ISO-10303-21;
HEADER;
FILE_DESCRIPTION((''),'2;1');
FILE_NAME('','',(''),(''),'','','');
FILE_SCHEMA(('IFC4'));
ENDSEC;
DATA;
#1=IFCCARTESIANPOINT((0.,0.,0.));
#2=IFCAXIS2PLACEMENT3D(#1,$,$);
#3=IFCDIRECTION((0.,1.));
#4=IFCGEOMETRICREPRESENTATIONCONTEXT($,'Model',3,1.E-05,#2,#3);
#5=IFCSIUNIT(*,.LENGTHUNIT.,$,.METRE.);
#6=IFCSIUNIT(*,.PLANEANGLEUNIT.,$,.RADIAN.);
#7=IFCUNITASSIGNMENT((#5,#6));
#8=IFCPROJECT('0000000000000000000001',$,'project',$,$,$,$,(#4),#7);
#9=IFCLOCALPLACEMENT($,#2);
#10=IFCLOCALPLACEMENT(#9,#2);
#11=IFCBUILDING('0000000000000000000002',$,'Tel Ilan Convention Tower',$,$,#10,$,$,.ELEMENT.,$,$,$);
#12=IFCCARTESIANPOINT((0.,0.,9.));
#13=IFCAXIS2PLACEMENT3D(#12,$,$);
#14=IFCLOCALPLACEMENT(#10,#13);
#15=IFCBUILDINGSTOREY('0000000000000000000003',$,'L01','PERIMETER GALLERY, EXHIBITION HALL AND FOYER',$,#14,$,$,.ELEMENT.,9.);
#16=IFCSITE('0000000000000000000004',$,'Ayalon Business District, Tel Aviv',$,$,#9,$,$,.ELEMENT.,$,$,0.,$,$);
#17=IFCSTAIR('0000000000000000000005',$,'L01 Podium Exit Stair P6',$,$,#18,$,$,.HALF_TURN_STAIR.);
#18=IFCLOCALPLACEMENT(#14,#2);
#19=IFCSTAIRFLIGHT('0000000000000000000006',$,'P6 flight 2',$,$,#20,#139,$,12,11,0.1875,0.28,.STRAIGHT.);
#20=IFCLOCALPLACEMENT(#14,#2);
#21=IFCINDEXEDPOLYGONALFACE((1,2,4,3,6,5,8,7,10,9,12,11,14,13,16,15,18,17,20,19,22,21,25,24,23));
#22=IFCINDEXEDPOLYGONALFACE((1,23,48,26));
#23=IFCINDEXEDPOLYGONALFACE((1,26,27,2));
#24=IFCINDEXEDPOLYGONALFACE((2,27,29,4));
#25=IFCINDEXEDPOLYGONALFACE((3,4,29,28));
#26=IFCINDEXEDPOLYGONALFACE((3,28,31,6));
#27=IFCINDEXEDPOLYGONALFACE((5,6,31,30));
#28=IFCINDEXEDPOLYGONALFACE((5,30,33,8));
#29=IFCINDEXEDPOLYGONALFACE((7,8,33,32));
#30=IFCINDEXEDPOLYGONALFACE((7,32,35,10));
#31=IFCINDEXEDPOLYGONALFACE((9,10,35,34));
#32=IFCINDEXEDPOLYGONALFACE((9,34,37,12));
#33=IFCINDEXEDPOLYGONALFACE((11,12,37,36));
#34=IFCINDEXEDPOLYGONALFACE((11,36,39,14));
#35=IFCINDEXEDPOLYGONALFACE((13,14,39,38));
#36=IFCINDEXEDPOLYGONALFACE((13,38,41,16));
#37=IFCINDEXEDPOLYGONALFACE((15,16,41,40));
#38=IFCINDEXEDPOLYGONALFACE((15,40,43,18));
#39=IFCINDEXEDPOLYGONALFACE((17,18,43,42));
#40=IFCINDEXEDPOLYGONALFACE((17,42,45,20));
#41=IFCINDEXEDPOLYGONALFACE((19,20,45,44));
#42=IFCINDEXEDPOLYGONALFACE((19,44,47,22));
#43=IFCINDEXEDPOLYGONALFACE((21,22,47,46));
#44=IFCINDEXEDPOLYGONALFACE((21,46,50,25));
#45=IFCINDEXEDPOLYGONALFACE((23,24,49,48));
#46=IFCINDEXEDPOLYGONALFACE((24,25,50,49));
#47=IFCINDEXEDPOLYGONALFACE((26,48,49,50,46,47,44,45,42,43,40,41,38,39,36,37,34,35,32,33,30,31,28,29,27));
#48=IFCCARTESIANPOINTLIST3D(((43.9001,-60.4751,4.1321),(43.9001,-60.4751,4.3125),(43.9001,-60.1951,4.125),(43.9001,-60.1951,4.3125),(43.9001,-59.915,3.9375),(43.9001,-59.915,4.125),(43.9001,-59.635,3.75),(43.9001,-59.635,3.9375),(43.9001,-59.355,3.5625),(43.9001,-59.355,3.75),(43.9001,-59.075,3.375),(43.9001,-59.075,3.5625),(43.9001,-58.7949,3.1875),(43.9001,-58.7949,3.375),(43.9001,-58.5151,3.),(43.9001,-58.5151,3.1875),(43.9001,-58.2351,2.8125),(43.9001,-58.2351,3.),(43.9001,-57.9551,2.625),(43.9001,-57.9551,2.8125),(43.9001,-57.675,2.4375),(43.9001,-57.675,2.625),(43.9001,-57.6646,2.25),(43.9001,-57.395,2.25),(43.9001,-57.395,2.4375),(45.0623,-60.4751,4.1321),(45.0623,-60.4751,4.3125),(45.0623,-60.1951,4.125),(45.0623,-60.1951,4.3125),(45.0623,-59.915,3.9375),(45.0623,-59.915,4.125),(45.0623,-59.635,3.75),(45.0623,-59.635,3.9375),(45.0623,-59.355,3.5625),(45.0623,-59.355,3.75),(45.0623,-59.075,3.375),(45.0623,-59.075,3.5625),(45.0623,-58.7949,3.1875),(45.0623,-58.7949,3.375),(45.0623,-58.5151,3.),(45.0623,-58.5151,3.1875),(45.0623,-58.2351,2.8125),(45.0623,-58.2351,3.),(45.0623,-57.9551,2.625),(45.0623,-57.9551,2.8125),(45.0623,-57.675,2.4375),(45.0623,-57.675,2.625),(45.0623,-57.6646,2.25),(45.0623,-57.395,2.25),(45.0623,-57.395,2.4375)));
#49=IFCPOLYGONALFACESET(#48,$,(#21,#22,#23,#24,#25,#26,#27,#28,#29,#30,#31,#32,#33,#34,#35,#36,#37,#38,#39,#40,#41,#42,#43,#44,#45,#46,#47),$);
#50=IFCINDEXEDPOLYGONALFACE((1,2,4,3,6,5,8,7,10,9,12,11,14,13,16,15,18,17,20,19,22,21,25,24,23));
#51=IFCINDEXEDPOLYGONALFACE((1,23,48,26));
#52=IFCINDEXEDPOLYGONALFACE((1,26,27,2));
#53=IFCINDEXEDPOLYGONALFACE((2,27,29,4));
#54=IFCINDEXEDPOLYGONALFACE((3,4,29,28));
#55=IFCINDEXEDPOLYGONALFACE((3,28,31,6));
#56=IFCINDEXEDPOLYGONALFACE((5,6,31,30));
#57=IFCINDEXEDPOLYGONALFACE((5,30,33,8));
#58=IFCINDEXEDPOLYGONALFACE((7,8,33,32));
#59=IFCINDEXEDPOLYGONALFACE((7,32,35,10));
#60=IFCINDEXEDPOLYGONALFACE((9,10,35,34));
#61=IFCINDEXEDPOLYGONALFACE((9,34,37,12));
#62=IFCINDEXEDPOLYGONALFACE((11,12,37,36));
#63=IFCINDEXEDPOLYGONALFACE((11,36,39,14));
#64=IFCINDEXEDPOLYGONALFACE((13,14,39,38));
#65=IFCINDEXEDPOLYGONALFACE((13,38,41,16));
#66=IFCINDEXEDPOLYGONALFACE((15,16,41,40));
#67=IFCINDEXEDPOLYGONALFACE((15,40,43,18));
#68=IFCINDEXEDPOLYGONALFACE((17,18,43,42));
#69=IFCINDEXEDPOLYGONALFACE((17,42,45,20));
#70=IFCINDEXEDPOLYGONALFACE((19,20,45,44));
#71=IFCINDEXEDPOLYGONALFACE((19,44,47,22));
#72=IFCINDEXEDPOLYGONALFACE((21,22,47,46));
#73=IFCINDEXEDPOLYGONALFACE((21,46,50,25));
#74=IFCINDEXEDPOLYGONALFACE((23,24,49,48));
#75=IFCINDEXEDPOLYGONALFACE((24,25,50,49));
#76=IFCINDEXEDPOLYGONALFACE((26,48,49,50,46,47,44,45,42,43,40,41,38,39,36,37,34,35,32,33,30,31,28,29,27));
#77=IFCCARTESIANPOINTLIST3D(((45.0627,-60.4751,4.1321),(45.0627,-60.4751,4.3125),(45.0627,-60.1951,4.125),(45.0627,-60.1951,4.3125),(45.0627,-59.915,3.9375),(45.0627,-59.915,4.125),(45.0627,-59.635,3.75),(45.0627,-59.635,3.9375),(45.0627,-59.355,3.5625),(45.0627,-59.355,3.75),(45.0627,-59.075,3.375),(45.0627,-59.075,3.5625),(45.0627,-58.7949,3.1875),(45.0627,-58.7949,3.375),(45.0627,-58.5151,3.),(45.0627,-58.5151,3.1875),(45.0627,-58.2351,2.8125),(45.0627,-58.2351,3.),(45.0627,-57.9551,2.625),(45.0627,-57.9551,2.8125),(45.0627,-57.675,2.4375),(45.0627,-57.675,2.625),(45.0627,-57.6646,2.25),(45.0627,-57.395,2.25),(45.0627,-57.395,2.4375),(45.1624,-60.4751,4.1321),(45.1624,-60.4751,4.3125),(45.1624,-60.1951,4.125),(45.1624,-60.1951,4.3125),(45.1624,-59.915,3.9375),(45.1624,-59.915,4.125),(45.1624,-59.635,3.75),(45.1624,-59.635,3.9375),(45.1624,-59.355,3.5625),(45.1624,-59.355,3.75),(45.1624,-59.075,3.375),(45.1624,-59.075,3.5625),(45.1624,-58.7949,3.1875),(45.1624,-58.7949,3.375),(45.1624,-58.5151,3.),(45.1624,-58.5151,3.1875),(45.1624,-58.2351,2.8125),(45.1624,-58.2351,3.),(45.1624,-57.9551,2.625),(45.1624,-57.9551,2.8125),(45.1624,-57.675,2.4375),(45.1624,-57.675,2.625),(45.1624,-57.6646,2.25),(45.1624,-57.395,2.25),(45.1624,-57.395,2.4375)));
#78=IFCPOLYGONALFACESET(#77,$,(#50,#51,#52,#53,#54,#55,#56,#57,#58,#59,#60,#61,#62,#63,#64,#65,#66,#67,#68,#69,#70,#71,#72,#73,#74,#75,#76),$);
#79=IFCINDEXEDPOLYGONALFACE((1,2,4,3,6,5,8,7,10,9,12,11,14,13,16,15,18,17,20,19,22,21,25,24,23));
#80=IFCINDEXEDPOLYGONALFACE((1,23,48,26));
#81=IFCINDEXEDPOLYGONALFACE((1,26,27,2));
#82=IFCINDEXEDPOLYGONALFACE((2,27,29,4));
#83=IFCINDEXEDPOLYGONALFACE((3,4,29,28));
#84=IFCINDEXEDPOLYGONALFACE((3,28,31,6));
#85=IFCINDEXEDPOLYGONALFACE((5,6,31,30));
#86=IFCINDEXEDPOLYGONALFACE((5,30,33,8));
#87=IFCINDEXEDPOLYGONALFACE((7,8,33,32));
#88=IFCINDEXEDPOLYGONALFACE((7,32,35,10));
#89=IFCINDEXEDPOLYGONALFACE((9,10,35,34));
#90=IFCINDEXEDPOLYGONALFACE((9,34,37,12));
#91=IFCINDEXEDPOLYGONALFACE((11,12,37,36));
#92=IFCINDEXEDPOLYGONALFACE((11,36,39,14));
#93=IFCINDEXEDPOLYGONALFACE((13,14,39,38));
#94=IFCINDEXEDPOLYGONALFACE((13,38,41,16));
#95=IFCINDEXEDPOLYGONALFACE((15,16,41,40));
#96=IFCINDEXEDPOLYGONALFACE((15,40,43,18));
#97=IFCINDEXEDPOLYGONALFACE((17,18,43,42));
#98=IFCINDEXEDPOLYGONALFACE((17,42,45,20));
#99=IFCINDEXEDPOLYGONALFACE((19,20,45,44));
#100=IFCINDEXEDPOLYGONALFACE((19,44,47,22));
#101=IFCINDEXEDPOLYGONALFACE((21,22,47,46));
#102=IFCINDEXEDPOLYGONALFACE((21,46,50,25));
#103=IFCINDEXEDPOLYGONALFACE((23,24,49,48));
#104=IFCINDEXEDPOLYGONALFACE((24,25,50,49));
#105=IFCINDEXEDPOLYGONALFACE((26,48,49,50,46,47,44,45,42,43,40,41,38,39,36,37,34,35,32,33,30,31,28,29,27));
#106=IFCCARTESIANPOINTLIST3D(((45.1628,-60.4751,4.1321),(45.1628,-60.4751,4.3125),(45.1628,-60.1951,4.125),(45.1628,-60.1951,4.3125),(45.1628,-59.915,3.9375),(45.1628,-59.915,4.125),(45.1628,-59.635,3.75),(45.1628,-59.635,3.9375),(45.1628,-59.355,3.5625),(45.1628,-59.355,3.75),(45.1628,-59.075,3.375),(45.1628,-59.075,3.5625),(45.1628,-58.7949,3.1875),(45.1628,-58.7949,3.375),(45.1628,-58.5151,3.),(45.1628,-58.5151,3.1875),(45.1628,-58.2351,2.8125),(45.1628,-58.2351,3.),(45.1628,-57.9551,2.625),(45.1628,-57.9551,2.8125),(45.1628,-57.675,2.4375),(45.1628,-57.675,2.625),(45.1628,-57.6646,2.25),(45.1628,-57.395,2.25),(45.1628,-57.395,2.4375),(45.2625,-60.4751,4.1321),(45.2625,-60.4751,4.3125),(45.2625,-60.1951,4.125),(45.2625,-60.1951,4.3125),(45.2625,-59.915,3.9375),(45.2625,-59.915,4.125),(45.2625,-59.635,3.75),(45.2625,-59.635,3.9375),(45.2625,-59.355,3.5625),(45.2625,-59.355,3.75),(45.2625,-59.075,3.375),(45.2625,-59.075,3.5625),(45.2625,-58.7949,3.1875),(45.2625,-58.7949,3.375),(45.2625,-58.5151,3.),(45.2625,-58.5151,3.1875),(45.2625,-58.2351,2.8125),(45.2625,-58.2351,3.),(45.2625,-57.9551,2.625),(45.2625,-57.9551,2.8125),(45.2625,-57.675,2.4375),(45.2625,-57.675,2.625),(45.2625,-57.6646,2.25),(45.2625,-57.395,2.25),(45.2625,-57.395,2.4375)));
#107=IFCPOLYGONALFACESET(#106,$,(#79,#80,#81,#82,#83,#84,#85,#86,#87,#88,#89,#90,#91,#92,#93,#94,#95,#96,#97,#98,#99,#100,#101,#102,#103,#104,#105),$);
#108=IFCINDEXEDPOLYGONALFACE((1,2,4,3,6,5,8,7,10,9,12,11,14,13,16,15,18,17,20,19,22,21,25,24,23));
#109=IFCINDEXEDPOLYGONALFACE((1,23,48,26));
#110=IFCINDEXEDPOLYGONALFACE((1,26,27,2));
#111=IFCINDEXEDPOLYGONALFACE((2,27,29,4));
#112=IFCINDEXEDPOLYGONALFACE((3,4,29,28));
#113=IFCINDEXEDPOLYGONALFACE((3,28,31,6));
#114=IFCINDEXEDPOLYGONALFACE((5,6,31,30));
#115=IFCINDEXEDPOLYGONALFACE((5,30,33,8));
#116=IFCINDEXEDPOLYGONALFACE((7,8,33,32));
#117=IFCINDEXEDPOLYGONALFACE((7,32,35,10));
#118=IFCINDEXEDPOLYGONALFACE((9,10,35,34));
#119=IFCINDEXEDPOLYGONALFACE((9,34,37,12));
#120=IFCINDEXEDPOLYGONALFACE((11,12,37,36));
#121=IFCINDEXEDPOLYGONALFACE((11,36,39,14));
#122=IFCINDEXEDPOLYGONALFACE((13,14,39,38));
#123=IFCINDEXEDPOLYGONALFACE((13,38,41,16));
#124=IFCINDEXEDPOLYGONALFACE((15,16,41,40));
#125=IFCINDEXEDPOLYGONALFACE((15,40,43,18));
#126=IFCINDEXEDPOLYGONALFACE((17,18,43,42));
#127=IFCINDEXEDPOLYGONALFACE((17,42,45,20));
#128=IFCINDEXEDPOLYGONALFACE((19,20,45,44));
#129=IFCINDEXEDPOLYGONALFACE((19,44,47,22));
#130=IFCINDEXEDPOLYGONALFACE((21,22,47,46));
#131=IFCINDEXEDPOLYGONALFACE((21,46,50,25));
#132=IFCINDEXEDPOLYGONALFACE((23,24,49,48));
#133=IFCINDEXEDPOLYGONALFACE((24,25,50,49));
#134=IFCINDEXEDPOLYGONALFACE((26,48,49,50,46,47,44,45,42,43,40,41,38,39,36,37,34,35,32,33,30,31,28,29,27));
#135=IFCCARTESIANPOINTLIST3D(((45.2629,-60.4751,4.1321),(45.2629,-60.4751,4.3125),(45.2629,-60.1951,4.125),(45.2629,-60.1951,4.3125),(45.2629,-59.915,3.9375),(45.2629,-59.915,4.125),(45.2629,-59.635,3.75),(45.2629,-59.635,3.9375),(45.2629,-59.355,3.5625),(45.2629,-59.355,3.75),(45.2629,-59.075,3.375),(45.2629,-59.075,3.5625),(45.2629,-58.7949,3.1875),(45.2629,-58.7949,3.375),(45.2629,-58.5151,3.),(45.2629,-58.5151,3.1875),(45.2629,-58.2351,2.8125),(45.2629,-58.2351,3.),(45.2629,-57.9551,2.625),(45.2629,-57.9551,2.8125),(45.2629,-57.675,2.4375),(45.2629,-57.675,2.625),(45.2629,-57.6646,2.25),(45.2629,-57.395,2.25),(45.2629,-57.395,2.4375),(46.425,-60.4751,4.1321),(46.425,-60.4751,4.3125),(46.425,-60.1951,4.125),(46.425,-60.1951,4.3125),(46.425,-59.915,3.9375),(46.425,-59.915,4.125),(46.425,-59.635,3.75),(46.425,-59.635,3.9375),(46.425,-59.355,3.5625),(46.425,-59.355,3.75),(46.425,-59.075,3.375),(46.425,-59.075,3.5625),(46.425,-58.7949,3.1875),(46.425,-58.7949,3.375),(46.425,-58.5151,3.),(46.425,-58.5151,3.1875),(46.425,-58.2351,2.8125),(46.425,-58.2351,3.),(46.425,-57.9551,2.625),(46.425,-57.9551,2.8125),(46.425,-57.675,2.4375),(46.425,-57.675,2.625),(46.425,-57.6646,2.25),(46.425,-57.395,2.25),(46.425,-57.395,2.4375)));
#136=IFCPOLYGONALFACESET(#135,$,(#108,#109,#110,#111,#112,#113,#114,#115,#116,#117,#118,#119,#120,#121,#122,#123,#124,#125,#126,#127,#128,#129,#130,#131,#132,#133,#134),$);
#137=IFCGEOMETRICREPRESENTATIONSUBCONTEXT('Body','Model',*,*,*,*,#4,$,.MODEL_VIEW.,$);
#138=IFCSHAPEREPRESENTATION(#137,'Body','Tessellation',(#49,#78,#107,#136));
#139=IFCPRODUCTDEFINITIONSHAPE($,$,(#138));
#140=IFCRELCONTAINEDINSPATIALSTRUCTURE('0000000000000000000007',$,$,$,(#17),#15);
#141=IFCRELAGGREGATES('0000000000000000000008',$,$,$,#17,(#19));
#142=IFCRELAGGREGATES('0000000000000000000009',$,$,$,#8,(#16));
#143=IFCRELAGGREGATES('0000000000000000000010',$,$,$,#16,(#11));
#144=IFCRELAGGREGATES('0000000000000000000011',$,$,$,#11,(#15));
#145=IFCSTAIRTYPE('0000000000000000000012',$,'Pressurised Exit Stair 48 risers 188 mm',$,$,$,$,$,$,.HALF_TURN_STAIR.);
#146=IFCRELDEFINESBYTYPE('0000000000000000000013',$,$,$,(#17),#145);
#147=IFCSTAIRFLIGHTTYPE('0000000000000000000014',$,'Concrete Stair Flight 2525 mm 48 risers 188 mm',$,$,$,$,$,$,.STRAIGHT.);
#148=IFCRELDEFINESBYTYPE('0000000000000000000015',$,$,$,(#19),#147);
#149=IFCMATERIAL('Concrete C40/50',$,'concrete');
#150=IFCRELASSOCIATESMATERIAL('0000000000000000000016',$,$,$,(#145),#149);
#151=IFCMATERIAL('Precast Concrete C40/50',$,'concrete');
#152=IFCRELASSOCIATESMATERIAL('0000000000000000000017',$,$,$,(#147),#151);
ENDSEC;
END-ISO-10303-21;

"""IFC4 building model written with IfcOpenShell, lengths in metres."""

from ifc_helpers import new_model, si_unit, direction, frame, origin, place, context, subcontext, project, spatial, polyline, outline, extrude, material, type_object, element, aggregate, save


model = new_model("IFC4")

# Units and contexts
model_context = context("Model", 3, precision=1e-05, world=origin(), true_north=direction((0.0, 1.0)))
body_context = subcontext(model_context, "Body", "Model", "MODEL_VIEW")
ifc_project = project(units=[si_unit("LENGTHUNIT", "METRE"), si_unit("PLANEANGLEUNIT", "RADIAN")], contexts=[model_context])

# Site, building, storey
site_placement = place(None, origin())
site = spatial("IfcSite", under=ifc_project, at=site_placement, Name="Ayalon Business District, Tel Aviv", CompositionType="ELEMENT", RefElevation=0.0)
building_placement = place(site_placement, origin())
building = spatial("IfcBuilding", under=site, at=building_placement, Name="Tel Ilan Convention Tower", CompositionType="ELEMENT")
storey_placement = place(building_placement, frame((0.0, 0.0, 9.0)))
storey = spatial("IfcBuildingStorey", under=building, at=storey_placement, Name="L01", Description="PERIMETER GALLERY, EXHIBITION HALL AND FOYER", CompositionType="ELEMENT", Elevation=9.0)

# Stair, stair flight
ifc_material_1 = material(Name="Concrete C40/50", Category="concrete")
stair_type = type_object("IfcStairType", Name="Pressurised Exit Stair 48 risers 188 mm", PredefinedType="HALF_TURN_STAIR", material=ifc_material_1)
stair_1_placement = place(storey_placement, origin())
stair_1 = element("IfcStair", 1, at=stair_1_placement, inside=storey, type_object=stair_type, Name="L01 Podium Exit Stair P6", PredefinedType="HALF_TURN_STAIR")
ifc_material_2 = material(Name="Precast Concrete C40/50", Category="concrete")
stair_flight_type = type_object("IfcStairFlightType", Name="Concrete Stair Flight 2525 mm 48 risers 188 mm", PredefinedType="STRAIGHT", material=ifc_material_2)
stair_flight_1_placement = place(storey_placement, frame((45.1626, -57.395, 2.25), z_axis=(0.0, 0.0, 1.0), x_axis=(0.0, -1.0, 0.0)))
stair_flight_1 = element("IfcStairFlight", 2, at=stair_flight_1_placement, type_object=stair_flight_type, Name="P6 flight 2", NumberOfRisers=12, NumberOfTreads=11, PredefinedType="STRAIGHT", RiserHeight=0.1875, TreadLength=0.28, context=body_context, shape_type="SweptSolid", body=[
    extrude(outline(polyline([(0.0, 0.0), (0.0, 0.1875), (0.28, 0.1875), (0.28, 0.375), (0.5601, 0.375), (0.5601, 0.5625), (0.8401, 0.5625), (0.8401, 0.75), (1.1201, 0.75), (1.1201, 0.9375), (1.3999, 0.9375), (1.3999, 1.125), (1.6799, 1.125), (1.6799, 1.3125), (1.96, 1.3125), (1.96, 1.5), (2.24, 1.5), (2.24, 1.6875), (2.52, 1.6875), (2.52, 1.875), (2.8, 1.875), (2.8, 2.0625), (3.0801, 2.0625), (3.0801, 2.25), (3.0801, 1.8821), (0.2695, 0.0), (0.0, 0.0)])), frame((0.0, -0.1003, 0.0), z_axis=(0.0, -1.0, 0.0), x_axis=(1.0, 0.0, 0.0)), (0.0, 0.0, 1.0), 1.1621),
    extrude(outline(polyline([(0.0, 0.0), (0.0, 0.1875), (0.28, 0.1875), (0.28, 0.375), (0.5601, 0.375), (0.5601, 0.5625), (0.8401, 0.5625), (0.8401, 0.75), (1.1201, 0.75), (1.1201, 0.9375), (1.3999, 0.9375), (1.3999, 1.125), (1.6799, 1.125), (1.6799, 1.3125), (1.96, 1.3125), (1.96, 1.5), (2.24, 1.5), (2.24, 1.6875), (2.52, 1.6875), (2.52, 1.875), (2.8, 1.875), (2.8, 2.0625), (3.0801, 2.0625), (3.0801, 2.25), (3.0801, 1.8821), (0.2695, 0.0), (0.0, 0.0)])), frame((0.0, -0.0002, 0.0), z_axis=(0.0, -1.0, 0.0), x_axis=(1.0, 0.0, 0.0)), (0.0, 0.0, 1.0), 0.0996),
    extrude(outline(polyline([(0.0, 0.0), (0.0, 0.1875), (0.28, 0.1875), (0.28, 0.375), (0.5601, 0.375), (0.5601, 0.5625), (0.8401, 0.5625), (0.8401, 0.75), (1.1201, 0.75), (1.1201, 0.9375), (1.3999, 0.9375), (1.3999, 1.125), (1.6799, 1.125), (1.6799, 1.3125), (1.96, 1.3125), (1.96, 1.5), (2.24, 1.5), (2.24, 1.6875), (2.52, 1.6875), (2.52, 1.875), (2.8, 1.875), (2.8, 2.0625), (3.0801, 2.0625), (3.0801, 2.25), (3.0801, 1.8821), (0.2695, 0.0), (0.0, 0.0)])), frame((0.0, 0.0999, 0.0), z_axis=(0.0, -1.0, 0.0), x_axis=(1.0, 0.0, 0.0)), (0.0, 0.0, 1.0), 0.0996),
    extrude(outline(polyline([(0.0, 0.0), (0.0, 0.1875), (0.28, 0.1875), (0.28, 0.375), (0.5601, 0.375), (0.5601, 0.5625), (0.8401, 0.5625), (0.8401, 0.75), (1.1201, 0.75), (1.1201, 0.9375), (1.3999, 0.9375), (1.3999, 1.125), (1.6799, 1.125), (1.6799, 1.3125), (1.96, 1.3125), (1.96, 1.5), (2.24, 1.5), (2.24, 1.6875), (2.52, 1.6875), (2.52, 1.875), (2.8, 1.875), (2.8, 2.0625), (3.0801, 2.0625), (3.0801, 2.25), (3.0801, 1.8821), (0.2695, 0.0), (0.0, 0.0)])), frame((0.0, 1.2625, 0.0), z_axis=(0.0, -1.0, 0.0), x_axis=(1.0, 0.0, 0.0)), (0.0, 0.0, 1.0), 1.1621),
])
aggregate(stair_1, [stair_flight_1])

save(model, "model.ifc")
